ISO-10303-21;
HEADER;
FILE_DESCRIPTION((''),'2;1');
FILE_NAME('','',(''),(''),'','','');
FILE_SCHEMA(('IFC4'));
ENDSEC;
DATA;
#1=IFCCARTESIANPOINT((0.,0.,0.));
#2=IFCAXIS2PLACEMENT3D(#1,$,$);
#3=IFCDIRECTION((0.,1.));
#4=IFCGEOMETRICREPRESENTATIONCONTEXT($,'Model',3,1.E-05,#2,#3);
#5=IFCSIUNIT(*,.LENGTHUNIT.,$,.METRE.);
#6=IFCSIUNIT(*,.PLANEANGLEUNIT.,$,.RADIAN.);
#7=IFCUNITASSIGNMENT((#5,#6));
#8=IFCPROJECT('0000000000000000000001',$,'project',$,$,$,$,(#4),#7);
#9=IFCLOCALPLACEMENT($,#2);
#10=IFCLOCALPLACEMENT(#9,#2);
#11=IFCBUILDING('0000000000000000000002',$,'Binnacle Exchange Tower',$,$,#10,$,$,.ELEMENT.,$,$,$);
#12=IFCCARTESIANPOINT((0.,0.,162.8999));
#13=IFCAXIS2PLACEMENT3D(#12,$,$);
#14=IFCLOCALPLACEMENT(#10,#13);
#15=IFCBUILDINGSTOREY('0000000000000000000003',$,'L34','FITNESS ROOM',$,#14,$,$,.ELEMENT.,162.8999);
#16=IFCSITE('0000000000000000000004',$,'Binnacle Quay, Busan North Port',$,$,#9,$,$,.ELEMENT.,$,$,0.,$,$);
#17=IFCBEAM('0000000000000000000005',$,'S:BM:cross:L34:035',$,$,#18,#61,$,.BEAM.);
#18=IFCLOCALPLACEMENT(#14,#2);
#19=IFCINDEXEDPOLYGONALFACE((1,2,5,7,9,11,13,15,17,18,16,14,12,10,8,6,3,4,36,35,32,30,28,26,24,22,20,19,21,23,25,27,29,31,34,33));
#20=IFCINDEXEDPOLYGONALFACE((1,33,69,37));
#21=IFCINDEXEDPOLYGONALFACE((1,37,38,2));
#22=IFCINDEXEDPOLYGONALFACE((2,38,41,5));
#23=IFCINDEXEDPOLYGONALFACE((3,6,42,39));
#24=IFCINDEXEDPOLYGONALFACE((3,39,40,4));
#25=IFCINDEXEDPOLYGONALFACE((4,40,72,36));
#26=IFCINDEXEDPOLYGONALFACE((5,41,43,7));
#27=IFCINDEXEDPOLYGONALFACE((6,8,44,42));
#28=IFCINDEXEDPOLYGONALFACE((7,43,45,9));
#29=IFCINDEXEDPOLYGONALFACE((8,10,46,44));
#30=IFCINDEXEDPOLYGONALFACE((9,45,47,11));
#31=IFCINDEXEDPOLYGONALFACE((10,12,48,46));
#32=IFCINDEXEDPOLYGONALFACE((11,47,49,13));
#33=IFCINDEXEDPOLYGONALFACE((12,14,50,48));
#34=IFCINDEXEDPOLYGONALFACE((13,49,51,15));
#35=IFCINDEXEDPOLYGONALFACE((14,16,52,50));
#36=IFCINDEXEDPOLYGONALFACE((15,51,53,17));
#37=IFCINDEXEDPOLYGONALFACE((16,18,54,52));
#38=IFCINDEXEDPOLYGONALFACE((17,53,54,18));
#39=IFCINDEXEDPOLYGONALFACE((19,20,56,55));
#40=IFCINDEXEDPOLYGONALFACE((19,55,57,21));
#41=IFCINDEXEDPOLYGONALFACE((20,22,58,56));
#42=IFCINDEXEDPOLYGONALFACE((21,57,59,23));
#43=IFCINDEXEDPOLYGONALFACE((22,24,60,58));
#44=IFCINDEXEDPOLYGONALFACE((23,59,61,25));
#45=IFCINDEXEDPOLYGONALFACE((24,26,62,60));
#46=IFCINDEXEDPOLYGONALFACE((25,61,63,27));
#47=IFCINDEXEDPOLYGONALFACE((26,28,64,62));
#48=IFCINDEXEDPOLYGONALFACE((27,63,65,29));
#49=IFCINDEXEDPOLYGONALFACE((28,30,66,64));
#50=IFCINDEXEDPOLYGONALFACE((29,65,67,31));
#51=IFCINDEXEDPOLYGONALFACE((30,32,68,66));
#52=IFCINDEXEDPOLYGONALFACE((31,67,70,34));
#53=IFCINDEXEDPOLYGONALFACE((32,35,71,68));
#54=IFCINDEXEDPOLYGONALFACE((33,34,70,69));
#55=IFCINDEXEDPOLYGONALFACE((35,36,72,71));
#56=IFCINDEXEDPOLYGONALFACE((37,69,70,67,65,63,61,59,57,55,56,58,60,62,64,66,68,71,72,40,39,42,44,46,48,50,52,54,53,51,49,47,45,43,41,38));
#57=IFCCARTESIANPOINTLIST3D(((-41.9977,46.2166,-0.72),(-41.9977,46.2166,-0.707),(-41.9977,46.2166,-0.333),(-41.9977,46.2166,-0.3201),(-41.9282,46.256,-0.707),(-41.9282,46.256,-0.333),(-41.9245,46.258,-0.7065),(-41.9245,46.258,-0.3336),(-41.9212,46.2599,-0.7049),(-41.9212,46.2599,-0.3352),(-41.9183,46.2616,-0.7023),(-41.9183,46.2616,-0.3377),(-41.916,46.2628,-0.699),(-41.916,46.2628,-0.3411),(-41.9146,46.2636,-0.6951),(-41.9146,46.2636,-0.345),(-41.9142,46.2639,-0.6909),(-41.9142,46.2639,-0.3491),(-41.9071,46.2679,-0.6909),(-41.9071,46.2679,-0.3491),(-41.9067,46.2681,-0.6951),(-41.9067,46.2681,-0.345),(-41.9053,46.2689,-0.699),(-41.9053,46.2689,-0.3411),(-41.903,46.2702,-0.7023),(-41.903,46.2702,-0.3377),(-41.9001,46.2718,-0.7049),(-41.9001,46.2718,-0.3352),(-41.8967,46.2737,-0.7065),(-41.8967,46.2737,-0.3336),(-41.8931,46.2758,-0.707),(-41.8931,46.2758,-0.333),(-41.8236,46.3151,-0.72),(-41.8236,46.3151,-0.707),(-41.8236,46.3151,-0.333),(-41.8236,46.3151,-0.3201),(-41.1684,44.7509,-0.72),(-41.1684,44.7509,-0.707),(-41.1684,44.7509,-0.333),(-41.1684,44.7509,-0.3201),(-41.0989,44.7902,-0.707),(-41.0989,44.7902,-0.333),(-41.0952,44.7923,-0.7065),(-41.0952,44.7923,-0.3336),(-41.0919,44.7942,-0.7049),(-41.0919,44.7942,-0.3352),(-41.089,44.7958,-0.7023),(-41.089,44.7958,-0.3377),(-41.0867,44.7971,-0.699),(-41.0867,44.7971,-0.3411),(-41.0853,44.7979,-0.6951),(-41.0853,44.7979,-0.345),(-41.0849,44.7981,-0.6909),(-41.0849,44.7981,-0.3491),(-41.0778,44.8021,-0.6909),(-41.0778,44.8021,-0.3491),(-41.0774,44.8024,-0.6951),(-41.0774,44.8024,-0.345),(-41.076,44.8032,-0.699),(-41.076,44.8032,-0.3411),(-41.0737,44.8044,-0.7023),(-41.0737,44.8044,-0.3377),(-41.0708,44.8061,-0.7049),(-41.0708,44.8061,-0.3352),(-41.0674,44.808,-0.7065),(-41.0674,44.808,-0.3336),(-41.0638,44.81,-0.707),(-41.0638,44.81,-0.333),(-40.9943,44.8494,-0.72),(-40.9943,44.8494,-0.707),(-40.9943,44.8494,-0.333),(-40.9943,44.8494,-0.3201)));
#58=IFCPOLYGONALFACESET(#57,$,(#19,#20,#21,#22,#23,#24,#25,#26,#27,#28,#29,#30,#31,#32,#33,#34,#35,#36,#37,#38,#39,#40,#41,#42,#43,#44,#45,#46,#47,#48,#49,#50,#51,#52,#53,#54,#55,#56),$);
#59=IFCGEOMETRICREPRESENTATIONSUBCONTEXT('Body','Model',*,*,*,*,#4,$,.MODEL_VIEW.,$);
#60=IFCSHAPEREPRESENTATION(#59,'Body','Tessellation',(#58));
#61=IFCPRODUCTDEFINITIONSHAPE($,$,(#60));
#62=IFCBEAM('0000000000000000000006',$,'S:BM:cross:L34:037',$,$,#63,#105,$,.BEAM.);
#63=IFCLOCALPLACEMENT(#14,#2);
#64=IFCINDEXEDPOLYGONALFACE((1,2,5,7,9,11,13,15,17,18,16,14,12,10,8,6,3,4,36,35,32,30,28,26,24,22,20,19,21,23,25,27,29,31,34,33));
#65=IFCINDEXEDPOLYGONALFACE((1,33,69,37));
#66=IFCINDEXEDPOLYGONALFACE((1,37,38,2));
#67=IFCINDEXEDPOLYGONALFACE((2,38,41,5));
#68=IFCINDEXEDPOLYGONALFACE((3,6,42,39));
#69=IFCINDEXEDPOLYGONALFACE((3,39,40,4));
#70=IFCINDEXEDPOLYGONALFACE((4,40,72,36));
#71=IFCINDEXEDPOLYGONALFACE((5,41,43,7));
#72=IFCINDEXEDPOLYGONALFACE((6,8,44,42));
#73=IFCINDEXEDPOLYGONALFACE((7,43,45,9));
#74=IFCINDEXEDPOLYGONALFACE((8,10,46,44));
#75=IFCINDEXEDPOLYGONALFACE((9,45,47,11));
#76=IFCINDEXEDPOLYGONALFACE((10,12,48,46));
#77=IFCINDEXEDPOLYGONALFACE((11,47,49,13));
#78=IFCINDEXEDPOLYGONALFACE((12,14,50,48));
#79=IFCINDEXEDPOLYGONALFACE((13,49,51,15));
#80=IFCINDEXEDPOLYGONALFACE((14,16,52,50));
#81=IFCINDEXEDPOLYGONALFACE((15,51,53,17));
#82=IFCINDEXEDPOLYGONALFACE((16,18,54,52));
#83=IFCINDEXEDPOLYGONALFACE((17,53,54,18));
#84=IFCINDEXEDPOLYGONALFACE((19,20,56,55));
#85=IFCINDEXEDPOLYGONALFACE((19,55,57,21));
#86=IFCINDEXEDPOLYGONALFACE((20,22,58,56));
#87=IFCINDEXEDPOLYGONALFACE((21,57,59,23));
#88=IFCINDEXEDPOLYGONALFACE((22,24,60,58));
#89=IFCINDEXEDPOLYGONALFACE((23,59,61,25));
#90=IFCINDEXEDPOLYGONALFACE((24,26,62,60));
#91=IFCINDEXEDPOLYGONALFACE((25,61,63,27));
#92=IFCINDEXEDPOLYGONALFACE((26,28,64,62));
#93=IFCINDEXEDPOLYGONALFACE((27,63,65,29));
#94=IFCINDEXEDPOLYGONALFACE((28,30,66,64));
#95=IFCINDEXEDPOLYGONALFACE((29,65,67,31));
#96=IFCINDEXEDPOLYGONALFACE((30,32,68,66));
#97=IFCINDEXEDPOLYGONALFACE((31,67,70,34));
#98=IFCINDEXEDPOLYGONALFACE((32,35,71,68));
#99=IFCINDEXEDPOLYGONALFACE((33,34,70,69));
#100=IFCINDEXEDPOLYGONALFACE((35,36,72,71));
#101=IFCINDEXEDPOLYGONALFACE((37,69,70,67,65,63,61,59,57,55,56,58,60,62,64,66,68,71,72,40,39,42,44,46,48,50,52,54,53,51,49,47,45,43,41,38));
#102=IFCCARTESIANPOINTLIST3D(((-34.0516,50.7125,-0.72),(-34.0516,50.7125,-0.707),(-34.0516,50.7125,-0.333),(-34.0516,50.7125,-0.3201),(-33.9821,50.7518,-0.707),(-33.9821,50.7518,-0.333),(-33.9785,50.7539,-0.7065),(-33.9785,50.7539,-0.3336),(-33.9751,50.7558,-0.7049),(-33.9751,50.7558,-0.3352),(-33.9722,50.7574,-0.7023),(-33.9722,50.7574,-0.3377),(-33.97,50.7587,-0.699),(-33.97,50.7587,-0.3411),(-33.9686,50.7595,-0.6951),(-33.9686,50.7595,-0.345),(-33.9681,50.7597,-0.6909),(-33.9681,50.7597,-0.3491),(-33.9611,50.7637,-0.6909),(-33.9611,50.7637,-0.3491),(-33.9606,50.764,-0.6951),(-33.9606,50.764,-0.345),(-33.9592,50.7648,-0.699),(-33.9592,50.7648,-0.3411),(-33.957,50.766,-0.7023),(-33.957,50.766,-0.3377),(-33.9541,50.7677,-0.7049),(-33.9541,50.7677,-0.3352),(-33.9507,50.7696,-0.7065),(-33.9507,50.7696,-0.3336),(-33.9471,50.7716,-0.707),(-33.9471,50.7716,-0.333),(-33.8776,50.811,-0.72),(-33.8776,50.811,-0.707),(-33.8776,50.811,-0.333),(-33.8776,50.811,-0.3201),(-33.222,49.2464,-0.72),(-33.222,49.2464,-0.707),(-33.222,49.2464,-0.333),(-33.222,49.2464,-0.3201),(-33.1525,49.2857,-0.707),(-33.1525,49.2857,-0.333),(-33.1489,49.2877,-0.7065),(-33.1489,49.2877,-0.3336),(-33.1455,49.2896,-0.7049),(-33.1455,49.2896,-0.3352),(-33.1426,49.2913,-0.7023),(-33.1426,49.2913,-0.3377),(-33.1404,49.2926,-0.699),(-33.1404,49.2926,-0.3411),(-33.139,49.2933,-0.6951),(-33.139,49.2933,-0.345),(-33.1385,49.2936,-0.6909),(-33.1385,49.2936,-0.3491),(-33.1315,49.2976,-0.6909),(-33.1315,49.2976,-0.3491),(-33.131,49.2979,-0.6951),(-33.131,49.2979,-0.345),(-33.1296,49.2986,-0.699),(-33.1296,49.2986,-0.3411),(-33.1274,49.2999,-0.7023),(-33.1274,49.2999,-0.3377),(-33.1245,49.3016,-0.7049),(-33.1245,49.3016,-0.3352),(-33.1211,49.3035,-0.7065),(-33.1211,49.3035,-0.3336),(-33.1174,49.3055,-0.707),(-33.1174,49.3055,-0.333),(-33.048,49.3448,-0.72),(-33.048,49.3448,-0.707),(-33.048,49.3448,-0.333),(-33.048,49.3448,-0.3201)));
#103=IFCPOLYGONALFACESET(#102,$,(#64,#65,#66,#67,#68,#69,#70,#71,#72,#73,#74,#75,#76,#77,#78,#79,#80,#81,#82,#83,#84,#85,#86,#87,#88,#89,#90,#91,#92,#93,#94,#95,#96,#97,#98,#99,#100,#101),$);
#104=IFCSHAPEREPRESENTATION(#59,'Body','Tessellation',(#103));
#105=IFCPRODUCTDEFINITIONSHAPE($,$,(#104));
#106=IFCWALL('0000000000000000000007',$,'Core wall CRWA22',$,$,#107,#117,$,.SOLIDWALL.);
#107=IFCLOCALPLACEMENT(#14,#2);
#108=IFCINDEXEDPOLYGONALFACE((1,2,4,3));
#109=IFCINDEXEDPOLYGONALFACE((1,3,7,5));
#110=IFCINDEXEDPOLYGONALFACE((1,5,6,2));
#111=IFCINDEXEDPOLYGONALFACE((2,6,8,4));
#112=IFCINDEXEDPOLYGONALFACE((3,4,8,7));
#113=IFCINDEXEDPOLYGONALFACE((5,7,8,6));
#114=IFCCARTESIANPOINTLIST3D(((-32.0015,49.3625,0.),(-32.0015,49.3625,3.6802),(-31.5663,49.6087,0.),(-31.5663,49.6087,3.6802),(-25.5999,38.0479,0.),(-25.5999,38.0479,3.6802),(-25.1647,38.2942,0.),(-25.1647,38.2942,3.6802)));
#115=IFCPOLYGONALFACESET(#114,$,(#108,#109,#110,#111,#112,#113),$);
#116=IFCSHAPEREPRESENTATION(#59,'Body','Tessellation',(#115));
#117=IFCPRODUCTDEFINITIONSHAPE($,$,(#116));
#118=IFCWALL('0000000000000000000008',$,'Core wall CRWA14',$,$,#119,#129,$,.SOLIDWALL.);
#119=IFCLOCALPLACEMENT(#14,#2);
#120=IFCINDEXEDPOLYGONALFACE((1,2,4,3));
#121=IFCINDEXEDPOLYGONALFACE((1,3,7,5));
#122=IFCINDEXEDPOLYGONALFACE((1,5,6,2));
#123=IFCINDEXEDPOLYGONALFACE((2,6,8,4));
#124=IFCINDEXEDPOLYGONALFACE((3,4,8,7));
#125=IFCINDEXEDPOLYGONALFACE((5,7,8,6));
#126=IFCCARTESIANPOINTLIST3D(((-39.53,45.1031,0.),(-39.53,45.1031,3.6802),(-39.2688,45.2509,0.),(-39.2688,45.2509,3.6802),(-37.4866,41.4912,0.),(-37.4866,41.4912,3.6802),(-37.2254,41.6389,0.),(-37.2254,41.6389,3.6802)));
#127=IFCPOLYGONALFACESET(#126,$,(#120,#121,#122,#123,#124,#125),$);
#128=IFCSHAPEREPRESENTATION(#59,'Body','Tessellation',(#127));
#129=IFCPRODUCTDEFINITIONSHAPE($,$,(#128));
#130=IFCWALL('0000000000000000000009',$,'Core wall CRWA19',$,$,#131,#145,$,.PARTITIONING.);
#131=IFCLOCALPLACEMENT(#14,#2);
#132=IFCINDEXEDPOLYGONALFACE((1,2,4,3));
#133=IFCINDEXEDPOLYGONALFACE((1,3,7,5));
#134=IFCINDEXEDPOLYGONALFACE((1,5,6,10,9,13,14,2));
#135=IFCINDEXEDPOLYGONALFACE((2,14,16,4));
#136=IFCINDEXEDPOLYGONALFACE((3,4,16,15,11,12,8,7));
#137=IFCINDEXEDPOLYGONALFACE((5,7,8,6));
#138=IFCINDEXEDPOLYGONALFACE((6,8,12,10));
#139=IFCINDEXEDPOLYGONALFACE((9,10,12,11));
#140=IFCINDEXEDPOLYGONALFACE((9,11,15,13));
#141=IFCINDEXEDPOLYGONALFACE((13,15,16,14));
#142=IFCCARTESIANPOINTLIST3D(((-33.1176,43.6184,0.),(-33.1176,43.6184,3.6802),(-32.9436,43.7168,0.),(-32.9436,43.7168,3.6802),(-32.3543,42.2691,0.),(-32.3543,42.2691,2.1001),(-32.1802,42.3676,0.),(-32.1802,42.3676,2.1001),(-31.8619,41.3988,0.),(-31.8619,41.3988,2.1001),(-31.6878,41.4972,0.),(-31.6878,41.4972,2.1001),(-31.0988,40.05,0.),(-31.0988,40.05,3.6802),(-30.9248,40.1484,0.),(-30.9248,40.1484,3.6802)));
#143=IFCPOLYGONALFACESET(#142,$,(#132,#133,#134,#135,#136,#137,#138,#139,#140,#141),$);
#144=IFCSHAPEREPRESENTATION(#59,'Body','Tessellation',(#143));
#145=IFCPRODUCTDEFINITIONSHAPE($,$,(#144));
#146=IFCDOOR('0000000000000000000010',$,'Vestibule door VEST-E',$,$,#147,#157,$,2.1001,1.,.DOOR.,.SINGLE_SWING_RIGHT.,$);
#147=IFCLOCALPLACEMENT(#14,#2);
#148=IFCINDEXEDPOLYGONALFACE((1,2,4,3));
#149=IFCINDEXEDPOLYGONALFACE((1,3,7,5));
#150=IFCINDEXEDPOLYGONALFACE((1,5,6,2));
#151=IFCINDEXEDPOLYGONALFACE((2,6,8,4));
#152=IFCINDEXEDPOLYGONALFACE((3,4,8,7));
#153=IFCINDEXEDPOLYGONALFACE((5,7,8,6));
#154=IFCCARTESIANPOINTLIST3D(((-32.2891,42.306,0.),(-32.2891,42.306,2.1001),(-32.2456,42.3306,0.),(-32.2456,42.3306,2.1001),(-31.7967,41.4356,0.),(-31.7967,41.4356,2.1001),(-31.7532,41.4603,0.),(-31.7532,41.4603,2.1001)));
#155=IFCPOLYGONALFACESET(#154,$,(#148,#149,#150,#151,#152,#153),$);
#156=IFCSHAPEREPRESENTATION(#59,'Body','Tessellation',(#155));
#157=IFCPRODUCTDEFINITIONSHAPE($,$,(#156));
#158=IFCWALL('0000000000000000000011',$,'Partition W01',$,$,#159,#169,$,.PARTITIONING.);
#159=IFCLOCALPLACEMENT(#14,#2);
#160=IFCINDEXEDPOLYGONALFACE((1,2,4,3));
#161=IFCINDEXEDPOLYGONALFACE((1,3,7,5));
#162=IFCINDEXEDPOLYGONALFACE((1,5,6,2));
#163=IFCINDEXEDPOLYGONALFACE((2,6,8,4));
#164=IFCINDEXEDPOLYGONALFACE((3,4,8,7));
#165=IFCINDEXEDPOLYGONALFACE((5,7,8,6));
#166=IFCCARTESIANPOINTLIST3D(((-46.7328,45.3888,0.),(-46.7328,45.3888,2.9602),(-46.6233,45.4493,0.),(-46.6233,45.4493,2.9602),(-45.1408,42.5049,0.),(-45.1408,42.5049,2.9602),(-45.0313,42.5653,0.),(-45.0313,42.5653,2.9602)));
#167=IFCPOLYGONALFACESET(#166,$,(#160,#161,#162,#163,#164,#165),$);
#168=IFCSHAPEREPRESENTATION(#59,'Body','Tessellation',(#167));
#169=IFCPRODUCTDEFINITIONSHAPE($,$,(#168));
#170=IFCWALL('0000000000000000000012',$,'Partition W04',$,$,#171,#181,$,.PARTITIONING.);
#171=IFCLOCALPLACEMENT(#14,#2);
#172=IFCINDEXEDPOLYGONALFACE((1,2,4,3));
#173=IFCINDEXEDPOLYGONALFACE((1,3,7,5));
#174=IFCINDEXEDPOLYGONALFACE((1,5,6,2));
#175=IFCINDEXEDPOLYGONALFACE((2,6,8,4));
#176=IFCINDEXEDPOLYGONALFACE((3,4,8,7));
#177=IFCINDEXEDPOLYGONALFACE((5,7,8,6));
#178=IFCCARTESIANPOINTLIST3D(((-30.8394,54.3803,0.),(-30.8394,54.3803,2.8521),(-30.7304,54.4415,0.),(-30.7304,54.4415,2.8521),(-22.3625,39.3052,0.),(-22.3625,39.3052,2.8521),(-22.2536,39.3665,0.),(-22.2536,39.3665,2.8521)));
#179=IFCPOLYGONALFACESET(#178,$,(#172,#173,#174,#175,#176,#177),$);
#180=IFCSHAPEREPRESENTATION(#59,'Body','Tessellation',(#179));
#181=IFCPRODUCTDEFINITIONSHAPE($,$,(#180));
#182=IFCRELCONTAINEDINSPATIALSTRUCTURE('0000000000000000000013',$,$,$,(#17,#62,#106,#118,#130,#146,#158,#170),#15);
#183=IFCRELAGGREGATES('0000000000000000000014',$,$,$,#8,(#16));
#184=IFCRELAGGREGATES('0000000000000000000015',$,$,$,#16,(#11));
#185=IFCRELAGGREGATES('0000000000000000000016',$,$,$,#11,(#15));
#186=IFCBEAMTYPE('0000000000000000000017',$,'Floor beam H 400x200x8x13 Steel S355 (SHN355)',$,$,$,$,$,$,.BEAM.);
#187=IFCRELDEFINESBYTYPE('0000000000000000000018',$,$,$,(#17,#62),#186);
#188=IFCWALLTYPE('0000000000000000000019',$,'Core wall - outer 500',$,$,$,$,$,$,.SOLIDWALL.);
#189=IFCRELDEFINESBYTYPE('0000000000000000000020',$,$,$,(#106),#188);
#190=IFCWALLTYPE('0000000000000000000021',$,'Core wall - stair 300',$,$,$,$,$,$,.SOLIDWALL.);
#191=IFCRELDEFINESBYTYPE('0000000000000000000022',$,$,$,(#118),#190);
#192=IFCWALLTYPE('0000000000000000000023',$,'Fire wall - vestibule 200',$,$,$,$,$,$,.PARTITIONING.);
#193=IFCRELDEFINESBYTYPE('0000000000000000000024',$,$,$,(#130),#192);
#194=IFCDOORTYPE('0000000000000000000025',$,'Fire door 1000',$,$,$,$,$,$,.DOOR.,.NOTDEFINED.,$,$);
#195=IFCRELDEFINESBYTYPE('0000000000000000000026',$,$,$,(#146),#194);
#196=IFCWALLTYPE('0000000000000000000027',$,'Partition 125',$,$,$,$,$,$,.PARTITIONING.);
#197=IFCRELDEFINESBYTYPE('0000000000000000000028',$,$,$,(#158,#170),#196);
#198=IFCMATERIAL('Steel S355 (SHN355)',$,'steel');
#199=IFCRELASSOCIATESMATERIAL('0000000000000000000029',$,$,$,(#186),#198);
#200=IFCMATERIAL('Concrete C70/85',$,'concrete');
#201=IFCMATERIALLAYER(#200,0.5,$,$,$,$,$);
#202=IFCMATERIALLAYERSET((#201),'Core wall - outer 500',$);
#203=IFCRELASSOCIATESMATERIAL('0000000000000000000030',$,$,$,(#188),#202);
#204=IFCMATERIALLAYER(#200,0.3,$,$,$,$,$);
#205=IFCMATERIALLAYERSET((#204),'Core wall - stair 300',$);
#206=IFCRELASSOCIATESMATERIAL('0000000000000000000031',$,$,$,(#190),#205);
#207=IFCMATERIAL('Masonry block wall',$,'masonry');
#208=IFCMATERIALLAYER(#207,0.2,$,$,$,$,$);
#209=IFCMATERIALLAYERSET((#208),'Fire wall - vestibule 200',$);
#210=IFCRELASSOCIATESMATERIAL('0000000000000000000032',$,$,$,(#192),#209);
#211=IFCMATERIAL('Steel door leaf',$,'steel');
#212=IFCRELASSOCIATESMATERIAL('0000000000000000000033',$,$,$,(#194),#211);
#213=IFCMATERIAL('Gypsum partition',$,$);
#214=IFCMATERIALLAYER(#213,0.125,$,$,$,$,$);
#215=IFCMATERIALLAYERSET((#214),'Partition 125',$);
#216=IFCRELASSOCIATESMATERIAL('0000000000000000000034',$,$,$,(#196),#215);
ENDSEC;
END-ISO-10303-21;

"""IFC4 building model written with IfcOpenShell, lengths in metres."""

from ifc_helpers import new_model, si_unit, direction, frame, frame_2d, origin, origin_2d, place, context, subcontext, project, spatial, rectangle, i_section, extrude, material, layer, layer_set, material_profile, profile_set, type_object, element, fill, save


model = new_model("IFC4")

# Units and contexts
model_context = context("Model", 3, precision=1e-05, world=origin(), true_north=direction((0.0, 1.0)))
body_context = subcontext(model_context, "Body", "Model", "MODEL_VIEW")
ifc_project = project(units=[si_unit("LENGTHUNIT", "METRE"), si_unit("PLANEANGLEUNIT", "RADIAN")], contexts=[model_context])

# Site, building, storey
site_placement = place(None, origin())
site = spatial("IfcSite", under=ifc_project, at=site_placement, Name="Binnacle Quay, Busan North Port", CompositionType="ELEMENT", RefElevation=0.0)
building_placement = place(site_placement, origin())
building = spatial("IfcBuilding", under=site, at=building_placement, Name="Binnacle Exchange Tower", CompositionType="ELEMENT")
storey_placement = place(building_placement, frame((0.0, 0.0, 162.8999)))
storey = spatial("IfcBuildingStorey", under=building, at=storey_placement, Name="L34", Description="FITNESS ROOM", CompositionType="ELEMENT", Elevation=162.8999)

# Shared definitions
ifc_material_1 = material(Name="Concrete C70/85", Category="concrete")

# Beams
ifc_material_2 = material(Name="Steel S355 (SHN355)", Category="steel")
ifc_material_profile_1 = material_profile(ifc_material_2, i_section(OverallWidth=0.2, OverallDepth=0.3999, WebThickness=0.0081, FlangeThickness=0.0129, FilletRadius=0.0161, at=origin_2d()), Name="H 400x200x8x13")
ifc_profile_set_1 = profile_set([ifc_material_profile_1], Name="Steel S355 (SHN355)")
beam_type_1 = type_object("IfcBeamType", Name="Floor beam H 400x200x8x13 Steel S355 (SHN355)", PredefinedType="BEAM", material=ifc_profile_set_1)
beam_1_placement = place(storey_placement, frame((-41.9106, 46.2659, -0.52), z_axis=(0.492435, -0.870349, 0.0), x_axis=(0.870349, 0.492435, 0.0)))
element("IfcBeam", 1, at=beam_1_placement, inside=storey, type_object=beam_type_1, Name="S:BM:cross:L34:035", PredefinedType="BEAM", context=body_context, shape_type="SweptSolid", body=[
    extrude(i_section(OverallWidth=0.2, OverallDepth=0.3999, WebThickness=0.0081, FlangeThickness=0.0129, FilletRadius=0.0161, at=origin_2d()), origin(), (0.0, 0.0, 1.0), 1.6841),
])
beam_2_placement = place(storey_placement, frame((-33.9646, 50.7617, -0.52), z_axis=(0.492482, -0.870322, 0.0), x_axis=(0.870322, 0.492482, 0.0)))
element("IfcBeam", 2, at=beam_2_placement, inside=storey, type_object=beam_type_1, Name="S:BM:cross:L34:037", PredefinedType="BEAM", context=body_context, shape_type="SweptSolid", body=[
    extrude(i_section(OverallWidth=0.2, OverallDepth=0.3999, WebThickness=0.0081, FlangeThickness=0.0129, FilletRadius=0.0161, at=origin_2d()), origin(), (0.0, 0.0, 1.0), 1.6846),
])

# Walls
ifc_layer_1 = layer(ifc_material_1, 0.5)
ifc_layer_set_1 = layer_set([ifc_layer_1], Name="Core wall - outer 500")
wall_type_1 = type_object("IfcWallType", Name="Core wall - outer 500", PredefinedType="SOLIDWALL", material=ifc_layer_set_1)
wall_1_placement = place(storey_placement, frame((-31.7839, 49.4856, 0.0), z_axis=(0.0, 0.0, 1.0), x_axis=(0.492435, -0.870349, 0.0)))
element("IfcWall", 3, at=wall_1_placement, inside=storey, type_object=wall_type_1, Name="Core wall CRWA22", PredefinedType="SOLIDWALL", context=body_context, shape_type="SweptSolid", body=[
    extrude(rectangle(XDim=13.0, YDim=0.5, at=frame_2d((6.5, 0.0))), origin(), (0.0, 0.0, 1.0), 3.6802),
])
ifc_layer_2 = layer(ifc_material_1, 0.3)
ifc_layer_set_2 = layer_set([ifc_layer_2], Name="Core wall - stair 300")
wall_type_2 = type_object("IfcWallType", Name="Core wall - stair 300", PredefinedType="SOLIDWALL", material=ifc_layer_set_2)
wall_2_placement = place(storey_placement, frame((-39.3994, 45.177, 0.0), z_axis=(0.0, 0.0, 1.0), x_axis=(0.492396, -0.870371, 0.0)))
element("IfcWall", 4, at=wall_2_placement, inside=storey, type_object=wall_type_2, Name="Core wall CRWA14", PredefinedType="SOLIDWALL", context=body_context, shape_type="SweptSolid", body=[
    extrude(rectangle(XDim=4.1499, YDim=0.3, at=frame_2d((2.075, 0.0))), origin(), (0.0, 0.0, 1.0), 3.6802),
])

# Wall, opening, door
ifc_material_3 = material(Name="Masonry block wall", Category="masonry")
ifc_layer_3 = layer(ifc_material_3, 0.2)
ifc_layer_set_3 = layer_set([ifc_layer_3], Name="Fire wall - vestibule 200")
wall_type_3 = type_object("IfcWallType", Name="Fire wall - vestibule 200", PredefinedType="PARTITIONING", material=ifc_layer_set_3)
wall_3_placement = place(storey_placement, frame((-33.0305, 43.6675, 0.0), z_axis=(0.0, 0.0, 1.0), x_axis=(0.492408, -0.870364, 0.0)))
wall_3 = element("IfcWall", 5, at=wall_3_placement, inside=storey, type_object=wall_type_3, Name="Core wall CRWA19", PredefinedType="PARTITIONING", context=body_context, shape_type="SweptSolid", body=[
    extrude(rectangle(XDim=4.0999, YDim=0.2, at=frame_2d((2.0498, 0.0))), origin(), (0.0, 0.0, 1.0), 3.6802),
])
opening_placement = place(wall_3_placement, frame((1.55, 0.0, 0.0)))
opening = element("IfcOpeningElement", 6, at=opening_placement, cuts=wall_3, PredefinedType="OPENING", context=body_context, shape_type="SweptSolid", body=[
    extrude(rectangle(XDim=1.0, YDim=2.1001, at=frame_2d((0.5, 1.05))), frame((0.0, 0.1099, 0.0), z_axis=(0.0, -1.0, 0.0), x_axis=(1.0, 0.0, 0.0)), (0.0, 0.0, 1.0), 0.22),
])
ifc_material_4 = material(Name="Steel door leaf", Category="steel")
door_type = type_object("IfcDoorType", Name="Fire door 1000", OperationType="NOTDEFINED", PredefinedType="DOOR", material=ifc_material_4)
door_placement = place(opening_placement, origin())
door = element("IfcDoor", 7, at=door_placement, inside=storey, type_object=door_type, Name="Vestibule door VEST-E", OperationType="SINGLE_SWING_RIGHT", OverallHeight=2.1001, OverallWidth=1.0, PredefinedType="DOOR", context=body_context, shape_type="SweptSolid", body=[
    extrude(rectangle(XDim=1.0, YDim=2.1001, at=frame_2d((0.5, 1.05))), frame((0.0, 0.0249, 0.0), z_axis=(0.0, -1.0, 0.0), x_axis=(1.0, 0.0, 0.0)), (0.0, 0.0, 1.0), 0.05),
])
fill(opening, door)

# Walls
ifc_material_5 = material(Name="Gypsum partition")
ifc_layer_4 = layer(ifc_material_5, 0.125)
ifc_layer_set_4 = layer_set([ifc_layer_4], Name="Partition 125")
wall_type_4 = type_object("IfcWallType", Name="Partition 125", PredefinedType="PARTITIONING", material=ifc_layer_set_4)
wall_4_placement = place(storey_placement, frame((-46.678, 45.4189, 0.0), z_axis=(0.0, 0.0, 1.0), x_axis=(0.483275, -0.875468, 0.0)))
element("IfcWall", 8, at=wall_4_placement, inside=storey, type_object=wall_type_4, Name="Partition W01", PredefinedType="PARTITIONING", context=body_context, shape_type="SweptSolid", body=[
    extrude(rectangle(XDim=3.2942, YDim=0.125, at=frame_2d((1.647, 0.0))), origin(), (0.0, 0.0, 1.0), 2.9602),
])
wall_5_placement = place(storey_placement, frame((-30.7849, 54.4109, 0.0), z_axis=(0.0, 0.0, 1.0), x_axis=(0.490136, -0.871646, 0.0)))
element("IfcWall", 9, at=wall_5_placement, inside=storey, type_object=wall_type_4, Name="Partition W04", PredefinedType="PARTITIONING", context=body_context, shape_type="SweptSolid", body=[
    extrude(rectangle(XDim=17.2949, YDim=0.125, at=frame_2d((8.6475, 0.0))), origin(), (0.0, 0.0, 1.0), 2.8521),
])

save(model, "model.ifc")
